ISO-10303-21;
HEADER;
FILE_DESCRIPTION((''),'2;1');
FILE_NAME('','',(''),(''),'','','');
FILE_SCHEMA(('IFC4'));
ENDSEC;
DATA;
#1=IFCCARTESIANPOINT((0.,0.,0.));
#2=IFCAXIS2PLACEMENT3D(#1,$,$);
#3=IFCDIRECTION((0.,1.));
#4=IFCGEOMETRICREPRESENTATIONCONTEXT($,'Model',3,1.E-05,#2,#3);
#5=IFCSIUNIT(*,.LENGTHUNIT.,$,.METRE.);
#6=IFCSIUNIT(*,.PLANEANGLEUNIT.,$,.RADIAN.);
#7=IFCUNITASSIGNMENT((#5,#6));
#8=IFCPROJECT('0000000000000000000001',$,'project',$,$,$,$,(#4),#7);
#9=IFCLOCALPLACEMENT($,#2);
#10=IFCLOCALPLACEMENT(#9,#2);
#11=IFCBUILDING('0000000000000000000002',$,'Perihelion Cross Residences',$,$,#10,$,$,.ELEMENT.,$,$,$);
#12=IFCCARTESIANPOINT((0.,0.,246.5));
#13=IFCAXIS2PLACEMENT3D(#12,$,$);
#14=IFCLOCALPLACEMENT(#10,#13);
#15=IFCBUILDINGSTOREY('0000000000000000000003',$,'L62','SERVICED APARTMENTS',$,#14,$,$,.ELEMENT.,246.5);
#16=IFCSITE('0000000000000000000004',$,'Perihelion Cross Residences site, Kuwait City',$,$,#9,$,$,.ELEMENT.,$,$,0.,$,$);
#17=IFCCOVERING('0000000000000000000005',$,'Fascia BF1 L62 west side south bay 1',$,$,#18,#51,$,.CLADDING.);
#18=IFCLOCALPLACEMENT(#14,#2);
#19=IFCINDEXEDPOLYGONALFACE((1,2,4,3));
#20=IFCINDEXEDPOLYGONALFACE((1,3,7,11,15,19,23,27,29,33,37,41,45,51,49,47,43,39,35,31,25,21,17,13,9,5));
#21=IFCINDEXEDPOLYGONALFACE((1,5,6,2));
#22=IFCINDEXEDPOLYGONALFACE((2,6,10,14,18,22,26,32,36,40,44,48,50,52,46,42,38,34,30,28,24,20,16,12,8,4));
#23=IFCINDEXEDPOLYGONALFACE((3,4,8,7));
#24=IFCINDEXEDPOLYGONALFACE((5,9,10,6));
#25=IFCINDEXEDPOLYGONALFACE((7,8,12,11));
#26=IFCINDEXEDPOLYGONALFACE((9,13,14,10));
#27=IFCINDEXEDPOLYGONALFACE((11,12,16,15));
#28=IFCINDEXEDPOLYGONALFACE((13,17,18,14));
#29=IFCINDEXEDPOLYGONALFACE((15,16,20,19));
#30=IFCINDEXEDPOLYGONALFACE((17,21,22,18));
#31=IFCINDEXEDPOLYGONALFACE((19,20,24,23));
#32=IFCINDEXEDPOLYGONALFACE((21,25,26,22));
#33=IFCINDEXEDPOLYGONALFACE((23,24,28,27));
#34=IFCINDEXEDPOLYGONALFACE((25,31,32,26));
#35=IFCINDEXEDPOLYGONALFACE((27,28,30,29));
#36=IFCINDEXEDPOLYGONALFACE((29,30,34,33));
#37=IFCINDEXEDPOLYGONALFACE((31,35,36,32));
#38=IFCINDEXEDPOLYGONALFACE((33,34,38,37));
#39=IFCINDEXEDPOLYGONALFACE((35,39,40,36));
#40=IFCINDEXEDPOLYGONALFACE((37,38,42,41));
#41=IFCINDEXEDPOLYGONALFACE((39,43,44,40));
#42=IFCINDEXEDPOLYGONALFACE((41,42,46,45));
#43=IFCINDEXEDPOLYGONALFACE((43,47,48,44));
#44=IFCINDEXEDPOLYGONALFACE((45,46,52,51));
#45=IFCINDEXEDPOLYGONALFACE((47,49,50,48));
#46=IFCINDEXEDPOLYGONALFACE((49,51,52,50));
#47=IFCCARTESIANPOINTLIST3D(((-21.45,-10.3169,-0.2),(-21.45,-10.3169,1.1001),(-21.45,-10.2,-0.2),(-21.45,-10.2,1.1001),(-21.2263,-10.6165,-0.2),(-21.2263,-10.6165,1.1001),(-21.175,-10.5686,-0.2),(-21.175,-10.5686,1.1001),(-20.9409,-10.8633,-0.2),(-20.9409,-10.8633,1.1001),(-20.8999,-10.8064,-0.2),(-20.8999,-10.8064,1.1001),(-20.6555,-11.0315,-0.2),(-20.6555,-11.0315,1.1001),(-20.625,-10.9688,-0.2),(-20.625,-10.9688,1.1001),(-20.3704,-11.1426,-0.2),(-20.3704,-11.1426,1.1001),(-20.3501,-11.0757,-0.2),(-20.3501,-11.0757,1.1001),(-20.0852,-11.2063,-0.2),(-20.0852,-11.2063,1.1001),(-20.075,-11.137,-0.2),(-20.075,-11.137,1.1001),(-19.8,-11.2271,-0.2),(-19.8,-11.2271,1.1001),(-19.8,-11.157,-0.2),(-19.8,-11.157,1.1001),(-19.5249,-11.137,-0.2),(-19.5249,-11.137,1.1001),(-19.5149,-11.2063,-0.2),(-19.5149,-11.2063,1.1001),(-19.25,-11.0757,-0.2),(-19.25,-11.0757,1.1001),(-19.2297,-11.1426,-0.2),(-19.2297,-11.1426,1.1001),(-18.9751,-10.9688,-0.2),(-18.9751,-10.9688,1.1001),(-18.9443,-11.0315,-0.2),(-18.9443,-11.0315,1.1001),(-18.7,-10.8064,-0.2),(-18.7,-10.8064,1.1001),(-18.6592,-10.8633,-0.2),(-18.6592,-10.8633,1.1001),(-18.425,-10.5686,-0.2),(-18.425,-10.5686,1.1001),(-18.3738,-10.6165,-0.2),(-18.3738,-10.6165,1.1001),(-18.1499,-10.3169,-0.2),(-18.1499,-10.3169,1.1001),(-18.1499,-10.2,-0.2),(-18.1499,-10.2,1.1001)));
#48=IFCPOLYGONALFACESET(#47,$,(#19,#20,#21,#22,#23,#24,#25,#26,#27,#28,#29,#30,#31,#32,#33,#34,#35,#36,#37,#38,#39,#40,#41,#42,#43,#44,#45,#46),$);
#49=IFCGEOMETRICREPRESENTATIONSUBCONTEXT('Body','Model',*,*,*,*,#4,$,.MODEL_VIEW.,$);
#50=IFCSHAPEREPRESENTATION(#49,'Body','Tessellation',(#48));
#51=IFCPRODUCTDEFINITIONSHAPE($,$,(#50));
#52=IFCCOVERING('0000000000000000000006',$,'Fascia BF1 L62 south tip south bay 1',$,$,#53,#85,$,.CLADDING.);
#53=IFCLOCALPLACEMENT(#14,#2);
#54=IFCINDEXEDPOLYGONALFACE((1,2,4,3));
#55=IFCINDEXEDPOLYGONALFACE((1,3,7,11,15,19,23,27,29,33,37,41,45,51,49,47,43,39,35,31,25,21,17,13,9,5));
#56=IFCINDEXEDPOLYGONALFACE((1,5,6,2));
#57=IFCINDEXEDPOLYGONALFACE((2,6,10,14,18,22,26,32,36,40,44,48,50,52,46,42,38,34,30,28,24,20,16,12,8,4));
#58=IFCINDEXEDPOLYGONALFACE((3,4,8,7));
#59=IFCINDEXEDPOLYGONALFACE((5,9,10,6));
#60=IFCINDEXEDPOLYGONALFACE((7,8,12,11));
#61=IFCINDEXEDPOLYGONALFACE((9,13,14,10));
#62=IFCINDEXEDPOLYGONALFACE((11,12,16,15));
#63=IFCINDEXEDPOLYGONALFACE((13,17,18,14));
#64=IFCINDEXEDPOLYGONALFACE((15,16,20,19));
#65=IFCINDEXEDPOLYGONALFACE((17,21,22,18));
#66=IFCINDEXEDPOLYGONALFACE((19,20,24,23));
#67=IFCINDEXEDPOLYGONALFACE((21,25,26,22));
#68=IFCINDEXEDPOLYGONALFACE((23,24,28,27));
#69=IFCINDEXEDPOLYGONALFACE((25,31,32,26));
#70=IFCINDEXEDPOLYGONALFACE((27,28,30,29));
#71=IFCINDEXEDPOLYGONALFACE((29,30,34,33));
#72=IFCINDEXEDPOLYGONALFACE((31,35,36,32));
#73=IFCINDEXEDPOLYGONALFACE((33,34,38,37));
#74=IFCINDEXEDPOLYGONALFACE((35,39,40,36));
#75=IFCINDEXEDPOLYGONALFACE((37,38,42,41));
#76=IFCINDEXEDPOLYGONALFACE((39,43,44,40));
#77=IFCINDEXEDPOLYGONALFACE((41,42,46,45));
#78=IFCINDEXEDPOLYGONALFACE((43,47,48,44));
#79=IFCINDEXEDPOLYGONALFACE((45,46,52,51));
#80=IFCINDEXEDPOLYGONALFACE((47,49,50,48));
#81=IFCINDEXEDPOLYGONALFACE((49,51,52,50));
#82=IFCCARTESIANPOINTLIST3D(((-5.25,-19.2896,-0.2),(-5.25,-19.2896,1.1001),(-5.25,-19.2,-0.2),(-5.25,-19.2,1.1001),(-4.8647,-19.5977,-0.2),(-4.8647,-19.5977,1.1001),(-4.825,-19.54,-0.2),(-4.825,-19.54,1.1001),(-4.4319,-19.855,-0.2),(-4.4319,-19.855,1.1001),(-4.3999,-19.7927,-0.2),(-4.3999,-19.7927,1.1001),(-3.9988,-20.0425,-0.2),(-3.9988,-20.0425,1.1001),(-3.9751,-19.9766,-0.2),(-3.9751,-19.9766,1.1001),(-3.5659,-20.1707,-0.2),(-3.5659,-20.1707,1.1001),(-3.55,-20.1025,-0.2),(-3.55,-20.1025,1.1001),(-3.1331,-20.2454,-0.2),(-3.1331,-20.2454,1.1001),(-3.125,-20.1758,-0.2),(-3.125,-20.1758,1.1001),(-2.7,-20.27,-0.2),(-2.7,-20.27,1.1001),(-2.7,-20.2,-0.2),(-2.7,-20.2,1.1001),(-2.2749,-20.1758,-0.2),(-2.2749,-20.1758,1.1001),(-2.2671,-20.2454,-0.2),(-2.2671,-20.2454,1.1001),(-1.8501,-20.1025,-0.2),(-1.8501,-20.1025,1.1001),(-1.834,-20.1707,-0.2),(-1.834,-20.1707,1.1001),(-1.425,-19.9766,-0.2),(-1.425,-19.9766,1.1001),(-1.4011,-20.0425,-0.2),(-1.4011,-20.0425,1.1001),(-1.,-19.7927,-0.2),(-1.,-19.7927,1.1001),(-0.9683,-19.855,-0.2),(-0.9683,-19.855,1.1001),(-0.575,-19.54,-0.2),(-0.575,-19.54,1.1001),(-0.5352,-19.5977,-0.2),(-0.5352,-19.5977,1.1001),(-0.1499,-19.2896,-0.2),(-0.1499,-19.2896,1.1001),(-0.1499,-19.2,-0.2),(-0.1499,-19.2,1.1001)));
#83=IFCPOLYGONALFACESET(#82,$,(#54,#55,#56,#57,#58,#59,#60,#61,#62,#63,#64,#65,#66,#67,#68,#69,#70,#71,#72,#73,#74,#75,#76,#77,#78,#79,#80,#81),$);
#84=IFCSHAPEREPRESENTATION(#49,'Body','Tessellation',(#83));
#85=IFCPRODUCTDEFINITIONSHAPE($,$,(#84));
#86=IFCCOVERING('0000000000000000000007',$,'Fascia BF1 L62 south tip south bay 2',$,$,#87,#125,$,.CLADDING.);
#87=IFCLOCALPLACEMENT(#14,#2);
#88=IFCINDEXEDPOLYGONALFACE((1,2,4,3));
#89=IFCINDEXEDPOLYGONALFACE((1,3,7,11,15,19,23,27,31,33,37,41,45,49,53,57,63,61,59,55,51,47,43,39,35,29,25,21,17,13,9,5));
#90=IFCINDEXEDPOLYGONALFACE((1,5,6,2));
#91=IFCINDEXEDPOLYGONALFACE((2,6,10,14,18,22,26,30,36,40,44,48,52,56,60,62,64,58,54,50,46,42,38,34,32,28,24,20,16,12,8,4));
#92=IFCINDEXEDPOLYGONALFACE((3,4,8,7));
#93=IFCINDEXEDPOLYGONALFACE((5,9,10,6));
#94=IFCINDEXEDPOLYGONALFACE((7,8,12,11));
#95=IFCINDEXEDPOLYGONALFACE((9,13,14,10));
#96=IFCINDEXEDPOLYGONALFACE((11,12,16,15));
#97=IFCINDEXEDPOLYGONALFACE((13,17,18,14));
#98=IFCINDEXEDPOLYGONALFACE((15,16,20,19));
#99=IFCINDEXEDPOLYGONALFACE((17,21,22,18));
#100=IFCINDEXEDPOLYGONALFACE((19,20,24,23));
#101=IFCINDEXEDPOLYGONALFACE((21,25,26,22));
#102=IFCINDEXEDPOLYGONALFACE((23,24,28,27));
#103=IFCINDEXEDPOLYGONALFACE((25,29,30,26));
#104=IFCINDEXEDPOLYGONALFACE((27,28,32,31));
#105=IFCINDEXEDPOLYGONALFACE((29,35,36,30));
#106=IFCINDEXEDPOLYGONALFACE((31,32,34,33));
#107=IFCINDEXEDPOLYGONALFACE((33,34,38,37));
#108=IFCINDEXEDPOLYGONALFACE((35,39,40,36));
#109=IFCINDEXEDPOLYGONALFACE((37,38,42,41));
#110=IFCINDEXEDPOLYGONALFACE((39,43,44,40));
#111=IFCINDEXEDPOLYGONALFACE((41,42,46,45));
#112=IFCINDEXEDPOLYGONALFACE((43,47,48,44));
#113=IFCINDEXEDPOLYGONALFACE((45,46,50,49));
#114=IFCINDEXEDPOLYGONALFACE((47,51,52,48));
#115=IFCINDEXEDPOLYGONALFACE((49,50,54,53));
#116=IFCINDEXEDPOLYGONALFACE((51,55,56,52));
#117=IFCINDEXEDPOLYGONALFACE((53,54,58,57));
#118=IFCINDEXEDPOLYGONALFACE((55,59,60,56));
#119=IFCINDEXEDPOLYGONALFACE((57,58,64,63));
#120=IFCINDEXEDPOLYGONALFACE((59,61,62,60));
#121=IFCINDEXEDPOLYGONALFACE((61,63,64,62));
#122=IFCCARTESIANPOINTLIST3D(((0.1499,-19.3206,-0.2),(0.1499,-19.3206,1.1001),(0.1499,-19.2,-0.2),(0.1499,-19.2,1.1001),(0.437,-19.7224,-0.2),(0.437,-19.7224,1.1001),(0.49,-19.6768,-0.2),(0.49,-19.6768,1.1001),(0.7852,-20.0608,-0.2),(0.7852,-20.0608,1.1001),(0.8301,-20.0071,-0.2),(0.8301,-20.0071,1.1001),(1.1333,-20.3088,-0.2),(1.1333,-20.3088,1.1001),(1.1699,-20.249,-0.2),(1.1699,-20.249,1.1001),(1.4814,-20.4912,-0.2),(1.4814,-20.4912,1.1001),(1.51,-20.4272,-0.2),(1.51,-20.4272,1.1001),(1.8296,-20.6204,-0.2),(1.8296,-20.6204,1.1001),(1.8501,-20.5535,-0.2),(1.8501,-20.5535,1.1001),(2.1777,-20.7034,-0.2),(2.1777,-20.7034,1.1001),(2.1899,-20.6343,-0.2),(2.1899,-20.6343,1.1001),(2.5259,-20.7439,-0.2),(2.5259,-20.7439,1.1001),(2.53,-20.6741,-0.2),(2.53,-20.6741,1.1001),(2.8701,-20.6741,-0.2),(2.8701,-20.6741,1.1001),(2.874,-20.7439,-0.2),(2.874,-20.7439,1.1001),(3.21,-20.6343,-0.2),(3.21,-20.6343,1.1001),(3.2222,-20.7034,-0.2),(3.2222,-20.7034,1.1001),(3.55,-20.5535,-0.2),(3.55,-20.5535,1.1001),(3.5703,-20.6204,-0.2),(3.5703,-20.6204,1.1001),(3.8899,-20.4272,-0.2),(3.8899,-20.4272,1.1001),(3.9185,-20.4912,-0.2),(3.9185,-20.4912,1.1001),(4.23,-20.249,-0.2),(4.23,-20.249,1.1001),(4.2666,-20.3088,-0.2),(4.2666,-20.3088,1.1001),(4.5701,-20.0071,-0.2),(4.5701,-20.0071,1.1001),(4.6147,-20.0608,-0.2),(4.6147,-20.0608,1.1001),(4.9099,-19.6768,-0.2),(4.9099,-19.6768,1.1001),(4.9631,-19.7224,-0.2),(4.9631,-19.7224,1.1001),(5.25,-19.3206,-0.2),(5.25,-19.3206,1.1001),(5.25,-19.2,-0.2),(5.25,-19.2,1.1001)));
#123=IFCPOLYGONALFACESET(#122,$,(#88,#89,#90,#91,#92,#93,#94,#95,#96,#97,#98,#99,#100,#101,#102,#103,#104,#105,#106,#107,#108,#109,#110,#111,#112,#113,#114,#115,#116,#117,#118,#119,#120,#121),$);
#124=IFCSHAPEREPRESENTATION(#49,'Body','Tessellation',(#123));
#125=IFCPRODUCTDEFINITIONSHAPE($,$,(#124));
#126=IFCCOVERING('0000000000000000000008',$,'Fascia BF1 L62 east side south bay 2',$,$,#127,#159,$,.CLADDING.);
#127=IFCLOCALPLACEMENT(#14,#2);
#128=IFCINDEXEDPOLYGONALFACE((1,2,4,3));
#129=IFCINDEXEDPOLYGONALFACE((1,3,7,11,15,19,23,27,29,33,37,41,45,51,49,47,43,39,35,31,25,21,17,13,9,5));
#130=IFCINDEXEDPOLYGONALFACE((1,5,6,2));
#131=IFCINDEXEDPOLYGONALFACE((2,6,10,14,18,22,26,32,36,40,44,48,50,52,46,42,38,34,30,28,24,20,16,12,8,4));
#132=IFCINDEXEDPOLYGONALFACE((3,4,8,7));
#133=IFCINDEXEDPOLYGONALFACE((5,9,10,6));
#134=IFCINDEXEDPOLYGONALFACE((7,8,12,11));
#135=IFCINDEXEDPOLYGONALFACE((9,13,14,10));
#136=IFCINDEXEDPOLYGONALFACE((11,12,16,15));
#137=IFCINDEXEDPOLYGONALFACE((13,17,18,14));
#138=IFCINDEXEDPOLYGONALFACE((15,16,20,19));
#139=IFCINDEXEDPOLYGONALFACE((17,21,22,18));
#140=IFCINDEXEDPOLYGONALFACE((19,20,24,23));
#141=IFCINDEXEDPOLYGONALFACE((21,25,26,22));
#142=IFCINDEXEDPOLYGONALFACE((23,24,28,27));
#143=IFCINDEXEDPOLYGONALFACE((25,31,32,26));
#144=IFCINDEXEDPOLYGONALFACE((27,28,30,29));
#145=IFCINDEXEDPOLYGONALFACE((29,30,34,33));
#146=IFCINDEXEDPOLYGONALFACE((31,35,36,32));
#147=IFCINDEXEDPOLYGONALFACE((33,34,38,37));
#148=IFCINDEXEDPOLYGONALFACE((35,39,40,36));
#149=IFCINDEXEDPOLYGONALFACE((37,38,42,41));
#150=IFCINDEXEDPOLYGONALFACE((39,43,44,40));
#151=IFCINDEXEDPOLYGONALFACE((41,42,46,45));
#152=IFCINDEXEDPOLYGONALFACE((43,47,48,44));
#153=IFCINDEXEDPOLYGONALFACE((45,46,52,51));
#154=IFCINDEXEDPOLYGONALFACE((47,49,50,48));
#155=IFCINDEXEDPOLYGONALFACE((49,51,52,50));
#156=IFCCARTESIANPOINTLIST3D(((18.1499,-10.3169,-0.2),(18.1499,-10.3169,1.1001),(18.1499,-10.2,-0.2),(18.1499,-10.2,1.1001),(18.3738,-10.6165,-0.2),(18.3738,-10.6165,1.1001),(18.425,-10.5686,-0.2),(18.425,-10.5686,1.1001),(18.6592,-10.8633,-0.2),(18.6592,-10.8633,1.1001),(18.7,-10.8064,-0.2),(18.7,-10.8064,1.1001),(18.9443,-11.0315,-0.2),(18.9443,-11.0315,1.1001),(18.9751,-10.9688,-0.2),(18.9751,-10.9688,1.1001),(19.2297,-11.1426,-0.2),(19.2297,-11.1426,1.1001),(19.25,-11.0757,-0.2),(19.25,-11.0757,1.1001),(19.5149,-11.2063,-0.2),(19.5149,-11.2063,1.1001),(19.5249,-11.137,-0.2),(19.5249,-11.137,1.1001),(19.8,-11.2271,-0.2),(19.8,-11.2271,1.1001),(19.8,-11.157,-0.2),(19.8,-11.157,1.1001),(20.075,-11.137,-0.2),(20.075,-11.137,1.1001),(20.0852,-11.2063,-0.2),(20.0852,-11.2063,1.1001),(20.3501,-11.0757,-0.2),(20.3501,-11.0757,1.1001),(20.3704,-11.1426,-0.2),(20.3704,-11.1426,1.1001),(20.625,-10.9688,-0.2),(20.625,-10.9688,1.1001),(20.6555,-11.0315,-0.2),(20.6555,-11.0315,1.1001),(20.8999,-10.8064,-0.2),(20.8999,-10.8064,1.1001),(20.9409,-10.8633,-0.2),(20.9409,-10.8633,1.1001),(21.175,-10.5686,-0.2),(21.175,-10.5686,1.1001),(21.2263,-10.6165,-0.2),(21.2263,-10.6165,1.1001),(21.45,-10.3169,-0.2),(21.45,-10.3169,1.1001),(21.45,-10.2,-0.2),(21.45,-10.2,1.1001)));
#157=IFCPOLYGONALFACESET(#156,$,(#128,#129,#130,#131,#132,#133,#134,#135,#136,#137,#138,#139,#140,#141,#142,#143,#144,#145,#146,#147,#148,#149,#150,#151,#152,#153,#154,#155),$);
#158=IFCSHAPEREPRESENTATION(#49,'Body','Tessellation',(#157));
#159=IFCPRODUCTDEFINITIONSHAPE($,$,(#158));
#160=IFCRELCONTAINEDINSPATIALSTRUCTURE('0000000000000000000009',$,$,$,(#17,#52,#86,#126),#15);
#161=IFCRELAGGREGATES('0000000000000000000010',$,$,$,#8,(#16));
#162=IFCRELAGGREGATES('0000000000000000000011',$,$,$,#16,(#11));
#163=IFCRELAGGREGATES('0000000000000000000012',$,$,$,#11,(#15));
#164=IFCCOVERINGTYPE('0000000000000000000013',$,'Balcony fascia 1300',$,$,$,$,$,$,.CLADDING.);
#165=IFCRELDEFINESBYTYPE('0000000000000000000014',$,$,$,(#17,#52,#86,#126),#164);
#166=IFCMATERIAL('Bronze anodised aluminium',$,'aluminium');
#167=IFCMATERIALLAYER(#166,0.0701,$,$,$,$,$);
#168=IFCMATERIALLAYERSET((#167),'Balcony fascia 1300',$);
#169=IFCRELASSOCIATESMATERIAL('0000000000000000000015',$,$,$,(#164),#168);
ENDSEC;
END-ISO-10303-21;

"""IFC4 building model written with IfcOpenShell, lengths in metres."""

from ifc_helpers import new_model, si_unit, direction, frame, origin, place, context, subcontext, project, spatial, polyline, outline, extrude, material, layer, layer_set, type_object, element, save


model = new_model("IFC4")

# Units and contexts
model_context = context("Model", 3, precision=1e-05, world=origin(), true_north=direction((0.0, 1.0)))
body_context = subcontext(model_context, "Body", "Model", "MODEL_VIEW")
ifc_project = project(units=[si_unit("LENGTHUNIT", "METRE"), si_unit("PLANEANGLEUNIT", "RADIAN")], contexts=[model_context])

# Site, building, storey
site_placement = place(None, origin())
site = spatial("IfcSite", under=ifc_project, at=site_placement, Name="Perihelion Cross Residences site, Kuwait City", CompositionType="ELEMENT", RefElevation=0.0)
building_placement = place(site_placement, origin())
building = spatial("IfcBuilding", under=site, at=building_placement, Name="Perihelion Cross Residences", CompositionType="ELEMENT")
storey_placement = place(building_placement, frame((0.0, 0.0, 246.5)))
storey = spatial("IfcBuildingStorey", under=building, at=storey_placement, Name="L62", Description="SERVICED APARTMENTS", CompositionType="ELEMENT", Elevation=246.5)

# Coverings
ifc_material_1 = material(Name="Bronze anodised aluminium", Category="aluminium")
ifc_layer_1 = layer(ifc_material_1, 0.0701)
ifc_layer_set_1 = layer_set([ifc_layer_1], Name="Balcony fascia 1300")
covering_type = type_object("IfcCoveringType", Name="Balcony fascia 1300", PredefinedType="CLADDING", material=ifc_layer_set_1)
covering_1_placement = place(storey_placement, frame((0.0, 0.0, -0.2)))
element("IfcCovering", 1, at=covering_1_placement, inside=storey, type_object=covering_type, Name="Fascia BF1 L62 west side south bay 1", PredefinedType="CLADDING", context=body_context, shape_type="SweptSolid", body=[
    extrude(outline(polyline([(-21.2263, -10.6165), (-20.9409, -10.8633), (-20.6555, -11.0315), (-20.3704, -11.1426), (-20.0852, -11.2063), (-19.8, -11.2271), (-19.5149, -11.2063), (-19.2297, -11.1426), (-18.9443, -11.0315), (-18.6592, -10.8633), (-18.3738, -10.6165), (-18.1499, -10.3169), (-18.1499, -10.2), (-18.425, -10.5686), (-18.7, -10.8064), (-18.9751, -10.9688), (-19.25, -11.0757), (-19.5249, -11.137), (-19.8, -11.157), (-20.075, -11.137), (-20.3501, -11.0757), (-20.625, -10.9688), (-20.8999, -10.8064), (-21.175, -10.5686), (-21.45, -10.2), (-21.45, -10.3169), (-21.2263, -10.6165)])), origin(), (0.0, 0.0, 1.0), 1.3),
])
covering_2_placement = place(storey_placement, frame((0.0, 0.0, -0.2)))
element("IfcCovering", 2, at=covering_2_placement, inside=storey, type_object=covering_type, Name="Fascia BF1 L62 south tip south bay 1", PredefinedType="CLADDING", context=body_context, shape_type="SweptSolid", body=[
    extrude(outline(polyline([(-4.8647, -19.5977), (-4.4319, -19.855), (-3.9988, -20.0425), (-3.5659, -20.1707), (-3.1331, -20.2454), (-2.7, -20.27), (-2.2671, -20.2454), (-1.834, -20.1707), (-1.4011, -20.0425), (-0.9683, -19.855), (-0.5352, -19.5977), (-0.1499, -19.2896), (-0.1499, -19.2), (-0.575, -19.54), (-1.0, -19.7927), (-1.425, -19.9766), (-1.8501, -20.1025), (-2.2749, -20.1758), (-2.7, -20.2), (-3.125, -20.1758), (-3.55, -20.1025), (-3.9751, -19.9766), (-4.3999, -19.7927), (-4.825, -19.54), (-5.25, -19.2), (-5.25, -19.2896), (-4.8647, -19.5977)])), origin(), (0.0, 0.0, 1.0), 1.3),
])
covering_3_placement = place(storey_placement, frame((0.0, 0.0, -0.2)))
element("IfcCovering", 3, at=covering_3_placement, inside=storey, type_object=covering_type, Name="Fascia BF1 L62 south tip south bay 2", PredefinedType="CLADDING", context=body_context, shape_type="SweptSolid", body=[
    extrude(outline(polyline([(0.437, -19.7224), (0.7852, -20.0608), (1.1333, -20.3088), (1.4814, -20.4912), (1.8296, -20.6204), (2.1777, -20.7034), (2.5259, -20.7439), (2.874, -20.7439), (3.2222, -20.7034), (3.5703, -20.6204), (3.9185, -20.4912), (4.2666, -20.3088), (4.6147, -20.0608), (4.9631, -19.7224), (5.25, -19.3206), (5.25, -19.2), (4.9099, -19.6768), (4.5701, -20.0071), (4.23, -20.249), (3.8899, -20.4272), (3.55, -20.5535), (3.21, -20.6343), (2.8701, -20.6741), (2.53, -20.6741), (2.1899, -20.6343), (1.8501, -20.5535), (1.51, -20.4272), (1.1699, -20.249), (0.8301, -20.0071), (0.49, -19.6768), (0.1499, -19.2), (0.1499, -19.3206), (0.437, -19.7224)])), origin(), (0.0, 0.0, 1.0), 1.3),
])
covering_4_placement = place(storey_placement, frame((0.0, 0.0, -0.2)))
element("IfcCovering", 4, at=covering_4_placement, inside=storey, type_object=covering_type, Name="Fascia BF1 L62 east side south bay 2", PredefinedType="CLADDING", context=body_context, shape_type="SweptSolid", body=[
    extrude(outline(polyline([(18.3738, -10.6165), (18.6592, -10.8633), (18.9443, -11.0315), (19.2297, -11.1426), (19.5149, -11.2063), (19.8, -11.2271), (20.0852, -11.2063), (20.3704, -11.1426), (20.6555, -11.0315), (20.9409, -10.8633), (21.2263, -10.6165), (21.45, -10.3169), (21.45, -10.2), (21.175, -10.5686), (20.8999, -10.8064), (20.625, -10.9688), (20.3501, -11.0757), (20.075, -11.137), (19.8, -11.157), (19.5249, -11.137), (19.25, -11.0757), (18.9751, -10.9688), (18.7, -10.8064), (18.425, -10.5686), (18.1499, -10.2), (18.1499, -10.3169), (18.3738, -10.6165)])), origin(), (0.0, 0.0, 1.0), 1.3),
])

save(model, "model.ifc")
